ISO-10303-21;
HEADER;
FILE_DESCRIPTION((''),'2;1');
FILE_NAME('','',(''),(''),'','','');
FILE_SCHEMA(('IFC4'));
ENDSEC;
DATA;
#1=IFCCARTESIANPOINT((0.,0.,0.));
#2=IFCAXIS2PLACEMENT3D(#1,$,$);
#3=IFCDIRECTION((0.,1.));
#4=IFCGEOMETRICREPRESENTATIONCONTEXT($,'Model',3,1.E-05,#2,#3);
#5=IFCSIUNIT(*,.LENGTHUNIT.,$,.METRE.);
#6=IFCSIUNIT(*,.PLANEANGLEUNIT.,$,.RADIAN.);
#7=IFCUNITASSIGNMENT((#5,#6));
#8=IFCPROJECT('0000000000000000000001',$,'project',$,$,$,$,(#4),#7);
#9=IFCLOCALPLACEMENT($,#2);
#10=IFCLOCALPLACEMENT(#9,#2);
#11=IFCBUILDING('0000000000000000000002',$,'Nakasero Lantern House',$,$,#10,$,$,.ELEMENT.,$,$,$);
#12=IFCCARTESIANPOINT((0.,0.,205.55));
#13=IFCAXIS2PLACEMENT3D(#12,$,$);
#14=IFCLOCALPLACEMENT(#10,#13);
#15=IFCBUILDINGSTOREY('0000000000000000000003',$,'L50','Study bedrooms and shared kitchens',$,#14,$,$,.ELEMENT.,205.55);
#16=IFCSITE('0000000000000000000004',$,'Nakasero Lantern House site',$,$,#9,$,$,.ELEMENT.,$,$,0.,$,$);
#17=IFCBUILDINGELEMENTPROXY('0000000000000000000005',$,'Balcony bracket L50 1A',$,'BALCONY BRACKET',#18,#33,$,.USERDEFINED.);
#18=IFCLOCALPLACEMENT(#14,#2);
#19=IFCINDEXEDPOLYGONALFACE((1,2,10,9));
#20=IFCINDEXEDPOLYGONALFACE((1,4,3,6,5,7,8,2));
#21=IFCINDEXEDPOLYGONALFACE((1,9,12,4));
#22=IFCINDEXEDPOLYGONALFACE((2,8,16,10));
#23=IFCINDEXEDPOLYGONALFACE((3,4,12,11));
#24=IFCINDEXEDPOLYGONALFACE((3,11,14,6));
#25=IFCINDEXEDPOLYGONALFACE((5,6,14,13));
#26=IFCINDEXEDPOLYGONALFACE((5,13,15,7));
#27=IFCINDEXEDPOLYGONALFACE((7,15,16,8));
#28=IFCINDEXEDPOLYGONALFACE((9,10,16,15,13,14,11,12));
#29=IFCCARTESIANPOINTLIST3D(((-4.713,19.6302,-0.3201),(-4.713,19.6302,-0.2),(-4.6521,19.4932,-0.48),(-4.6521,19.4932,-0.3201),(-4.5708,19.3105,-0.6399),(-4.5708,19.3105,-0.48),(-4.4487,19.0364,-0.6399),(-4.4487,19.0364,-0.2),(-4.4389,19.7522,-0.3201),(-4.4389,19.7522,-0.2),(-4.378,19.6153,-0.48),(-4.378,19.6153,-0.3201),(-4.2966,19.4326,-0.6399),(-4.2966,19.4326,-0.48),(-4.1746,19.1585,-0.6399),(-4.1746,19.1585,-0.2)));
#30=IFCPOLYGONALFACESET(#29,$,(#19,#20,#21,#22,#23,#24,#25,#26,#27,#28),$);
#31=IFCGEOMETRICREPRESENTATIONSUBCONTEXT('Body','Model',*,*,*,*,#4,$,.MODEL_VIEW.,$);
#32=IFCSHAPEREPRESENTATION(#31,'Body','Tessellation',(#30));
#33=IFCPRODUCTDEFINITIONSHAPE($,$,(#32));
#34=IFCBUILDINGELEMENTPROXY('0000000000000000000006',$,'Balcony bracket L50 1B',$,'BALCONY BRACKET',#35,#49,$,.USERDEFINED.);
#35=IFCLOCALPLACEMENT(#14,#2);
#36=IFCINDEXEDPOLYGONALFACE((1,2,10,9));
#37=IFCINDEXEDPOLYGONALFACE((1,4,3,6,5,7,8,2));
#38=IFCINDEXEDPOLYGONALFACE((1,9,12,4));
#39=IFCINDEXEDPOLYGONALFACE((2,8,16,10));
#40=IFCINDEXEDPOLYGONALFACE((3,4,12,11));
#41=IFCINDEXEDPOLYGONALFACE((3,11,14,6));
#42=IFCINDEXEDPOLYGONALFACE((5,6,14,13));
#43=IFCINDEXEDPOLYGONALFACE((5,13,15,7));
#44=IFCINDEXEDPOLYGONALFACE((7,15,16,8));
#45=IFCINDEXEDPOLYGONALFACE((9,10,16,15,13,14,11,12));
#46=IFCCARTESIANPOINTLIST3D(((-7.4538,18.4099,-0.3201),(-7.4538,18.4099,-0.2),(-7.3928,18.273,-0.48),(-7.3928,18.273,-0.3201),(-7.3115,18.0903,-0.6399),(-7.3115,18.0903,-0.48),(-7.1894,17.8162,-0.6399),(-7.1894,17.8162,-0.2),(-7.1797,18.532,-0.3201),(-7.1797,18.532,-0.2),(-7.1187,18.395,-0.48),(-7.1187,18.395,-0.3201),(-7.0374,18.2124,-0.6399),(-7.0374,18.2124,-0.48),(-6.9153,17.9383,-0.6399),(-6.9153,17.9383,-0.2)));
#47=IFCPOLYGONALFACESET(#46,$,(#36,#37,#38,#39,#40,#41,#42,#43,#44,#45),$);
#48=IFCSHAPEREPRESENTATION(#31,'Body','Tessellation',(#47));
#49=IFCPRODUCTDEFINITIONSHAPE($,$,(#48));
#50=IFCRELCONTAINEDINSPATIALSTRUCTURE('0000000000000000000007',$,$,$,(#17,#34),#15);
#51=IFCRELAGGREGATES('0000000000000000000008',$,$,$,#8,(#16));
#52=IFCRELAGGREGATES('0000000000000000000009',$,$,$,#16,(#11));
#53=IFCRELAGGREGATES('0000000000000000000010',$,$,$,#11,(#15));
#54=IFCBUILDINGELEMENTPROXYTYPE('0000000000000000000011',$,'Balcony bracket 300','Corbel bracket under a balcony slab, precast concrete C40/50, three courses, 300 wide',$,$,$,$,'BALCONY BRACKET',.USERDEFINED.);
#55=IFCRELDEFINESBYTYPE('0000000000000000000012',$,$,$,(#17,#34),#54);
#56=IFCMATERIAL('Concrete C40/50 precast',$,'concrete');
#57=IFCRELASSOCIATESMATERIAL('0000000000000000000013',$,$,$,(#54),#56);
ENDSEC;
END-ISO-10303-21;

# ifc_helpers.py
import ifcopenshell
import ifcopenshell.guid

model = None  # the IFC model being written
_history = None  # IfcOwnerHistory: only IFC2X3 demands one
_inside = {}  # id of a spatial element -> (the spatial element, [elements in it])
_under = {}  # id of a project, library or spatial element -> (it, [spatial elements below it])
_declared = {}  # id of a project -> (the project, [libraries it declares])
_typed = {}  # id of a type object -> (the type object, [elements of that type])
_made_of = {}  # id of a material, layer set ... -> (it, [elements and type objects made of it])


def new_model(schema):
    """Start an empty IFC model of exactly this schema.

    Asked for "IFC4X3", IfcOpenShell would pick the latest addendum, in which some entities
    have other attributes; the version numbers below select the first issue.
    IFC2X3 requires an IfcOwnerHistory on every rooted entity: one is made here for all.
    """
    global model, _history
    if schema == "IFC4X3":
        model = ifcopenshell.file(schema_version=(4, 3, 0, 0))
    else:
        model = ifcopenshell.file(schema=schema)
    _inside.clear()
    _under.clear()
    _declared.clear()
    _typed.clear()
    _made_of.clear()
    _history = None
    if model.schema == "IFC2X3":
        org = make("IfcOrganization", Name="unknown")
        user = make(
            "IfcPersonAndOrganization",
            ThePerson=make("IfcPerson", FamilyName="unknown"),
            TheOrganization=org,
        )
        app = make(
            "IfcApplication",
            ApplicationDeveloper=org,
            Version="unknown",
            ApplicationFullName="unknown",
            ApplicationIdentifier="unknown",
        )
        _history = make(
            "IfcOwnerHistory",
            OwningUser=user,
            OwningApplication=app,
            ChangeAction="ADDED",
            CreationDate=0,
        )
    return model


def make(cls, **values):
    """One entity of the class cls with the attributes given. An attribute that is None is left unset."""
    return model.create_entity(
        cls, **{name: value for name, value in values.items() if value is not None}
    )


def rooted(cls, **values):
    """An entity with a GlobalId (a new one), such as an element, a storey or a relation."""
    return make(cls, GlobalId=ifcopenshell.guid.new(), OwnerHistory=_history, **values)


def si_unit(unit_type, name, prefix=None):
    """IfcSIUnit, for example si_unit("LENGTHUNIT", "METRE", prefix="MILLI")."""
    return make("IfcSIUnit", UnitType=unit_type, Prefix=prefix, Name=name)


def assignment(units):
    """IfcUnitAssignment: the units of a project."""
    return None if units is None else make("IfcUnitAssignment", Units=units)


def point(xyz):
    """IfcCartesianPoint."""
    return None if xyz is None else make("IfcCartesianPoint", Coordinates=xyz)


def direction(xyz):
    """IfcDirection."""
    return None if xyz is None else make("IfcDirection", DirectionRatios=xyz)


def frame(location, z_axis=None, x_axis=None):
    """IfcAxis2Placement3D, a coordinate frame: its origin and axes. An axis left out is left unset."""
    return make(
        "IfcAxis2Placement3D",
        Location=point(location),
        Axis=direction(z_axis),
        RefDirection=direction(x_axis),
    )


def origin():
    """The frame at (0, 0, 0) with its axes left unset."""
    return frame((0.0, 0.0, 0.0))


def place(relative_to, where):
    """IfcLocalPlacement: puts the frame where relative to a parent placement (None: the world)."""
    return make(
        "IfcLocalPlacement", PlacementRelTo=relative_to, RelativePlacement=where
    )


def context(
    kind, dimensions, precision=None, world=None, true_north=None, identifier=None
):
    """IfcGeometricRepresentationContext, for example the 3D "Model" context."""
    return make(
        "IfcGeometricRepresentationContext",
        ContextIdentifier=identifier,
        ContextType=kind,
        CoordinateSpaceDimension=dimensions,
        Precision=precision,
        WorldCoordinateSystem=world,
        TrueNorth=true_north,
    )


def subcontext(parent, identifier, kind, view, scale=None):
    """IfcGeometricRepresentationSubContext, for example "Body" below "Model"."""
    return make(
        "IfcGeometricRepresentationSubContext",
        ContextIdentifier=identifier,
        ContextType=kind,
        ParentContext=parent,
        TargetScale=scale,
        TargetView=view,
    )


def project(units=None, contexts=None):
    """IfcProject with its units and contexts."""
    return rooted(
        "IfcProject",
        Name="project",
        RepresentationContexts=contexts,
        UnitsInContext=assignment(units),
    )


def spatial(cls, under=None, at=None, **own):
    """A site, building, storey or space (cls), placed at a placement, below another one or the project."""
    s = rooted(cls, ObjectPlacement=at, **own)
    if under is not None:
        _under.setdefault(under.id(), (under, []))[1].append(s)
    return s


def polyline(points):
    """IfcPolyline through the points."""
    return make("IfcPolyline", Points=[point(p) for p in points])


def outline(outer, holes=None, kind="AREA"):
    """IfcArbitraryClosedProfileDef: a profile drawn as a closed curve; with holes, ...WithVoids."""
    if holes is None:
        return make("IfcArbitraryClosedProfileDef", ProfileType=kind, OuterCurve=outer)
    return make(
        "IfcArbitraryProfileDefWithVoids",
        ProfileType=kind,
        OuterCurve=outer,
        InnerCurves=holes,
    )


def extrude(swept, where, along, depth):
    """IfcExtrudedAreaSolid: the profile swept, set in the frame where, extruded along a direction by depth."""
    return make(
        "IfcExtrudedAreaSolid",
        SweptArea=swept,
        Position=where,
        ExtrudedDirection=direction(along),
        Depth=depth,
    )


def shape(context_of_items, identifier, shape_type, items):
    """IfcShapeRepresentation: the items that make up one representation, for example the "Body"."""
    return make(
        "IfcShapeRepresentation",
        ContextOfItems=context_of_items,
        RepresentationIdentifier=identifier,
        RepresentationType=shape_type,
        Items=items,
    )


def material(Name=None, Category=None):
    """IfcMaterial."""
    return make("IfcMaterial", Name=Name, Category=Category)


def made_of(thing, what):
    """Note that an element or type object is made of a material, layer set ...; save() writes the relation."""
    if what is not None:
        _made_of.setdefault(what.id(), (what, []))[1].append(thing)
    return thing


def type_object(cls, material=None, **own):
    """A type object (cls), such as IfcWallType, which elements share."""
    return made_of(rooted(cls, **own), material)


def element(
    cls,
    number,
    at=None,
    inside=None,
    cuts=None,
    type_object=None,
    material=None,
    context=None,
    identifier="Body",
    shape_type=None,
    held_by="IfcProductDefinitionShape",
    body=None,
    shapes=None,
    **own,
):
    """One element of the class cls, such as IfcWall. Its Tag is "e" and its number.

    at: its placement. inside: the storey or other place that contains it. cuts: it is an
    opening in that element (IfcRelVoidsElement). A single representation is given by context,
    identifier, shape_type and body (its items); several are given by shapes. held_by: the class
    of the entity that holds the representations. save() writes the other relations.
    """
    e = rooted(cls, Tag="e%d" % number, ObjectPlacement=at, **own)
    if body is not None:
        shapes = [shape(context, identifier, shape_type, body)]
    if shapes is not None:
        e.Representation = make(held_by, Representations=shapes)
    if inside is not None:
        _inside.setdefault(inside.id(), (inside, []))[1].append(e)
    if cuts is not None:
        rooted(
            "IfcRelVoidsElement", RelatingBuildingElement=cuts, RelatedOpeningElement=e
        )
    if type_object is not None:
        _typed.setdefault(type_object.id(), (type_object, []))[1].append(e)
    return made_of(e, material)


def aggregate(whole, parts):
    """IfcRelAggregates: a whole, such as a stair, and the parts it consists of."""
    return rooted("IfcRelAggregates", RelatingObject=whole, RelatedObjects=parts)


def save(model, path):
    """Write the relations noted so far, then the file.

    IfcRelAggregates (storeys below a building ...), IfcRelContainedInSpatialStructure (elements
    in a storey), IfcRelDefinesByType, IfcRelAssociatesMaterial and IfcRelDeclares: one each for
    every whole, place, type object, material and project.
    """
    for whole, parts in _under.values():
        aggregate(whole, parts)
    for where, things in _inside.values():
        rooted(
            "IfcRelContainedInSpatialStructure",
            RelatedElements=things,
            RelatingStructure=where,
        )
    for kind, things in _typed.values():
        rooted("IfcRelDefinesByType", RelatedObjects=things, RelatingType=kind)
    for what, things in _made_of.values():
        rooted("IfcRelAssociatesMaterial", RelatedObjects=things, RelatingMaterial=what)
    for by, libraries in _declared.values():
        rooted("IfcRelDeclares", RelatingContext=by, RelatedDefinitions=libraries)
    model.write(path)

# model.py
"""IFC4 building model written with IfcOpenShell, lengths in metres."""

from ifc_helpers import new_model, si_unit, direction, frame, origin, place, context, subcontext, project, spatial, polyline, outline, extrude, material, type_object, element, save


model = new_model("IFC4")

# Units and contexts
model_context = context("Model", 3, precision=1e-05, world=origin(), true_north=direction((0.0, 1.0)))
body_context = subcontext(model_context, "Body", "Model", "MODEL_VIEW")
ifc_project = project(units=[si_unit("LENGTHUNIT", "METRE"), si_unit("PLANEANGLEUNIT", "RADIAN")], contexts=[model_context])

# Site, building, storey
site_placement = place(None, origin())
site = spatial("IfcSite", under=ifc_project, at=site_placement, Name="Nakasero Lantern House site", CompositionType="ELEMENT", RefElevation=0.0)
building_placement = place(site_placement, origin())
building = spatial("IfcBuilding", under=site, at=building_placement, Name="Nakasero Lantern House", CompositionType="ELEMENT")
storey_placement = place(building_placement, frame((0.0, 0.0, 205.55)))
storey = spatial("IfcBuildingStorey", under=building, at=storey_placement, Name="L50", Description="Study bedrooms and shared kitchens", CompositionType="ELEMENT", Elevation=205.55)

# Building element proxies
ifc_material_1 = material(Name="Concrete C40/50 precast", Category="concrete")
building_element_proxy_type = type_object("IfcBuildingElementProxyType", Name="Balcony bracket 300", Description="Corbel bracket under a balcony slab, precast concrete C40/50, three courses, 300 wide", ElementType="BALCONY BRACKET", PredefinedType="USERDEFINED", material=ifc_material_1)
for number, where, z_axis, x_axis, name in (
    (1, (-4.3118, 19.0974, -0.2), (0.0, 0.0, 1.0), (-0.406737, 0.913545, 0.0), "Balcony bracket L50 1A"),
    (2, (-7.0525, 17.8772, -0.2), (0.0, 0.0, 1.0), (-0.406737, 0.913545, 0.0), "Balcony bracket L50 1B"),
):
    element("IfcBuildingElementProxy", number, at=place(storey_placement, frame(where, z_axis=z_axis, x_axis=x_axis)), inside=storey, type_object=building_element_proxy_type, Name=name, ObjectType="BALCONY BRACKET", PredefinedType="USERDEFINED", context=body_context, shape_type="SweptSolid", body=[
        extrude(outline(polyline([(0.0, 0.0), (0.6499, 0.0), (0.6499, -0.1201), (0.5, -0.1201), (0.5, -0.28), (0.3, -0.28), (0.3, -0.4399), (0.0, -0.4399), (0.0, 0.0)])), frame((0.0, 0.1499, 0.0), z_axis=(0.0, -1.0, 0.0), x_axis=(1.0, 0.0, 0.0)), (0.0, 0.0, 1.0), 0.3),
    ])

save(model, "model.ifc")
